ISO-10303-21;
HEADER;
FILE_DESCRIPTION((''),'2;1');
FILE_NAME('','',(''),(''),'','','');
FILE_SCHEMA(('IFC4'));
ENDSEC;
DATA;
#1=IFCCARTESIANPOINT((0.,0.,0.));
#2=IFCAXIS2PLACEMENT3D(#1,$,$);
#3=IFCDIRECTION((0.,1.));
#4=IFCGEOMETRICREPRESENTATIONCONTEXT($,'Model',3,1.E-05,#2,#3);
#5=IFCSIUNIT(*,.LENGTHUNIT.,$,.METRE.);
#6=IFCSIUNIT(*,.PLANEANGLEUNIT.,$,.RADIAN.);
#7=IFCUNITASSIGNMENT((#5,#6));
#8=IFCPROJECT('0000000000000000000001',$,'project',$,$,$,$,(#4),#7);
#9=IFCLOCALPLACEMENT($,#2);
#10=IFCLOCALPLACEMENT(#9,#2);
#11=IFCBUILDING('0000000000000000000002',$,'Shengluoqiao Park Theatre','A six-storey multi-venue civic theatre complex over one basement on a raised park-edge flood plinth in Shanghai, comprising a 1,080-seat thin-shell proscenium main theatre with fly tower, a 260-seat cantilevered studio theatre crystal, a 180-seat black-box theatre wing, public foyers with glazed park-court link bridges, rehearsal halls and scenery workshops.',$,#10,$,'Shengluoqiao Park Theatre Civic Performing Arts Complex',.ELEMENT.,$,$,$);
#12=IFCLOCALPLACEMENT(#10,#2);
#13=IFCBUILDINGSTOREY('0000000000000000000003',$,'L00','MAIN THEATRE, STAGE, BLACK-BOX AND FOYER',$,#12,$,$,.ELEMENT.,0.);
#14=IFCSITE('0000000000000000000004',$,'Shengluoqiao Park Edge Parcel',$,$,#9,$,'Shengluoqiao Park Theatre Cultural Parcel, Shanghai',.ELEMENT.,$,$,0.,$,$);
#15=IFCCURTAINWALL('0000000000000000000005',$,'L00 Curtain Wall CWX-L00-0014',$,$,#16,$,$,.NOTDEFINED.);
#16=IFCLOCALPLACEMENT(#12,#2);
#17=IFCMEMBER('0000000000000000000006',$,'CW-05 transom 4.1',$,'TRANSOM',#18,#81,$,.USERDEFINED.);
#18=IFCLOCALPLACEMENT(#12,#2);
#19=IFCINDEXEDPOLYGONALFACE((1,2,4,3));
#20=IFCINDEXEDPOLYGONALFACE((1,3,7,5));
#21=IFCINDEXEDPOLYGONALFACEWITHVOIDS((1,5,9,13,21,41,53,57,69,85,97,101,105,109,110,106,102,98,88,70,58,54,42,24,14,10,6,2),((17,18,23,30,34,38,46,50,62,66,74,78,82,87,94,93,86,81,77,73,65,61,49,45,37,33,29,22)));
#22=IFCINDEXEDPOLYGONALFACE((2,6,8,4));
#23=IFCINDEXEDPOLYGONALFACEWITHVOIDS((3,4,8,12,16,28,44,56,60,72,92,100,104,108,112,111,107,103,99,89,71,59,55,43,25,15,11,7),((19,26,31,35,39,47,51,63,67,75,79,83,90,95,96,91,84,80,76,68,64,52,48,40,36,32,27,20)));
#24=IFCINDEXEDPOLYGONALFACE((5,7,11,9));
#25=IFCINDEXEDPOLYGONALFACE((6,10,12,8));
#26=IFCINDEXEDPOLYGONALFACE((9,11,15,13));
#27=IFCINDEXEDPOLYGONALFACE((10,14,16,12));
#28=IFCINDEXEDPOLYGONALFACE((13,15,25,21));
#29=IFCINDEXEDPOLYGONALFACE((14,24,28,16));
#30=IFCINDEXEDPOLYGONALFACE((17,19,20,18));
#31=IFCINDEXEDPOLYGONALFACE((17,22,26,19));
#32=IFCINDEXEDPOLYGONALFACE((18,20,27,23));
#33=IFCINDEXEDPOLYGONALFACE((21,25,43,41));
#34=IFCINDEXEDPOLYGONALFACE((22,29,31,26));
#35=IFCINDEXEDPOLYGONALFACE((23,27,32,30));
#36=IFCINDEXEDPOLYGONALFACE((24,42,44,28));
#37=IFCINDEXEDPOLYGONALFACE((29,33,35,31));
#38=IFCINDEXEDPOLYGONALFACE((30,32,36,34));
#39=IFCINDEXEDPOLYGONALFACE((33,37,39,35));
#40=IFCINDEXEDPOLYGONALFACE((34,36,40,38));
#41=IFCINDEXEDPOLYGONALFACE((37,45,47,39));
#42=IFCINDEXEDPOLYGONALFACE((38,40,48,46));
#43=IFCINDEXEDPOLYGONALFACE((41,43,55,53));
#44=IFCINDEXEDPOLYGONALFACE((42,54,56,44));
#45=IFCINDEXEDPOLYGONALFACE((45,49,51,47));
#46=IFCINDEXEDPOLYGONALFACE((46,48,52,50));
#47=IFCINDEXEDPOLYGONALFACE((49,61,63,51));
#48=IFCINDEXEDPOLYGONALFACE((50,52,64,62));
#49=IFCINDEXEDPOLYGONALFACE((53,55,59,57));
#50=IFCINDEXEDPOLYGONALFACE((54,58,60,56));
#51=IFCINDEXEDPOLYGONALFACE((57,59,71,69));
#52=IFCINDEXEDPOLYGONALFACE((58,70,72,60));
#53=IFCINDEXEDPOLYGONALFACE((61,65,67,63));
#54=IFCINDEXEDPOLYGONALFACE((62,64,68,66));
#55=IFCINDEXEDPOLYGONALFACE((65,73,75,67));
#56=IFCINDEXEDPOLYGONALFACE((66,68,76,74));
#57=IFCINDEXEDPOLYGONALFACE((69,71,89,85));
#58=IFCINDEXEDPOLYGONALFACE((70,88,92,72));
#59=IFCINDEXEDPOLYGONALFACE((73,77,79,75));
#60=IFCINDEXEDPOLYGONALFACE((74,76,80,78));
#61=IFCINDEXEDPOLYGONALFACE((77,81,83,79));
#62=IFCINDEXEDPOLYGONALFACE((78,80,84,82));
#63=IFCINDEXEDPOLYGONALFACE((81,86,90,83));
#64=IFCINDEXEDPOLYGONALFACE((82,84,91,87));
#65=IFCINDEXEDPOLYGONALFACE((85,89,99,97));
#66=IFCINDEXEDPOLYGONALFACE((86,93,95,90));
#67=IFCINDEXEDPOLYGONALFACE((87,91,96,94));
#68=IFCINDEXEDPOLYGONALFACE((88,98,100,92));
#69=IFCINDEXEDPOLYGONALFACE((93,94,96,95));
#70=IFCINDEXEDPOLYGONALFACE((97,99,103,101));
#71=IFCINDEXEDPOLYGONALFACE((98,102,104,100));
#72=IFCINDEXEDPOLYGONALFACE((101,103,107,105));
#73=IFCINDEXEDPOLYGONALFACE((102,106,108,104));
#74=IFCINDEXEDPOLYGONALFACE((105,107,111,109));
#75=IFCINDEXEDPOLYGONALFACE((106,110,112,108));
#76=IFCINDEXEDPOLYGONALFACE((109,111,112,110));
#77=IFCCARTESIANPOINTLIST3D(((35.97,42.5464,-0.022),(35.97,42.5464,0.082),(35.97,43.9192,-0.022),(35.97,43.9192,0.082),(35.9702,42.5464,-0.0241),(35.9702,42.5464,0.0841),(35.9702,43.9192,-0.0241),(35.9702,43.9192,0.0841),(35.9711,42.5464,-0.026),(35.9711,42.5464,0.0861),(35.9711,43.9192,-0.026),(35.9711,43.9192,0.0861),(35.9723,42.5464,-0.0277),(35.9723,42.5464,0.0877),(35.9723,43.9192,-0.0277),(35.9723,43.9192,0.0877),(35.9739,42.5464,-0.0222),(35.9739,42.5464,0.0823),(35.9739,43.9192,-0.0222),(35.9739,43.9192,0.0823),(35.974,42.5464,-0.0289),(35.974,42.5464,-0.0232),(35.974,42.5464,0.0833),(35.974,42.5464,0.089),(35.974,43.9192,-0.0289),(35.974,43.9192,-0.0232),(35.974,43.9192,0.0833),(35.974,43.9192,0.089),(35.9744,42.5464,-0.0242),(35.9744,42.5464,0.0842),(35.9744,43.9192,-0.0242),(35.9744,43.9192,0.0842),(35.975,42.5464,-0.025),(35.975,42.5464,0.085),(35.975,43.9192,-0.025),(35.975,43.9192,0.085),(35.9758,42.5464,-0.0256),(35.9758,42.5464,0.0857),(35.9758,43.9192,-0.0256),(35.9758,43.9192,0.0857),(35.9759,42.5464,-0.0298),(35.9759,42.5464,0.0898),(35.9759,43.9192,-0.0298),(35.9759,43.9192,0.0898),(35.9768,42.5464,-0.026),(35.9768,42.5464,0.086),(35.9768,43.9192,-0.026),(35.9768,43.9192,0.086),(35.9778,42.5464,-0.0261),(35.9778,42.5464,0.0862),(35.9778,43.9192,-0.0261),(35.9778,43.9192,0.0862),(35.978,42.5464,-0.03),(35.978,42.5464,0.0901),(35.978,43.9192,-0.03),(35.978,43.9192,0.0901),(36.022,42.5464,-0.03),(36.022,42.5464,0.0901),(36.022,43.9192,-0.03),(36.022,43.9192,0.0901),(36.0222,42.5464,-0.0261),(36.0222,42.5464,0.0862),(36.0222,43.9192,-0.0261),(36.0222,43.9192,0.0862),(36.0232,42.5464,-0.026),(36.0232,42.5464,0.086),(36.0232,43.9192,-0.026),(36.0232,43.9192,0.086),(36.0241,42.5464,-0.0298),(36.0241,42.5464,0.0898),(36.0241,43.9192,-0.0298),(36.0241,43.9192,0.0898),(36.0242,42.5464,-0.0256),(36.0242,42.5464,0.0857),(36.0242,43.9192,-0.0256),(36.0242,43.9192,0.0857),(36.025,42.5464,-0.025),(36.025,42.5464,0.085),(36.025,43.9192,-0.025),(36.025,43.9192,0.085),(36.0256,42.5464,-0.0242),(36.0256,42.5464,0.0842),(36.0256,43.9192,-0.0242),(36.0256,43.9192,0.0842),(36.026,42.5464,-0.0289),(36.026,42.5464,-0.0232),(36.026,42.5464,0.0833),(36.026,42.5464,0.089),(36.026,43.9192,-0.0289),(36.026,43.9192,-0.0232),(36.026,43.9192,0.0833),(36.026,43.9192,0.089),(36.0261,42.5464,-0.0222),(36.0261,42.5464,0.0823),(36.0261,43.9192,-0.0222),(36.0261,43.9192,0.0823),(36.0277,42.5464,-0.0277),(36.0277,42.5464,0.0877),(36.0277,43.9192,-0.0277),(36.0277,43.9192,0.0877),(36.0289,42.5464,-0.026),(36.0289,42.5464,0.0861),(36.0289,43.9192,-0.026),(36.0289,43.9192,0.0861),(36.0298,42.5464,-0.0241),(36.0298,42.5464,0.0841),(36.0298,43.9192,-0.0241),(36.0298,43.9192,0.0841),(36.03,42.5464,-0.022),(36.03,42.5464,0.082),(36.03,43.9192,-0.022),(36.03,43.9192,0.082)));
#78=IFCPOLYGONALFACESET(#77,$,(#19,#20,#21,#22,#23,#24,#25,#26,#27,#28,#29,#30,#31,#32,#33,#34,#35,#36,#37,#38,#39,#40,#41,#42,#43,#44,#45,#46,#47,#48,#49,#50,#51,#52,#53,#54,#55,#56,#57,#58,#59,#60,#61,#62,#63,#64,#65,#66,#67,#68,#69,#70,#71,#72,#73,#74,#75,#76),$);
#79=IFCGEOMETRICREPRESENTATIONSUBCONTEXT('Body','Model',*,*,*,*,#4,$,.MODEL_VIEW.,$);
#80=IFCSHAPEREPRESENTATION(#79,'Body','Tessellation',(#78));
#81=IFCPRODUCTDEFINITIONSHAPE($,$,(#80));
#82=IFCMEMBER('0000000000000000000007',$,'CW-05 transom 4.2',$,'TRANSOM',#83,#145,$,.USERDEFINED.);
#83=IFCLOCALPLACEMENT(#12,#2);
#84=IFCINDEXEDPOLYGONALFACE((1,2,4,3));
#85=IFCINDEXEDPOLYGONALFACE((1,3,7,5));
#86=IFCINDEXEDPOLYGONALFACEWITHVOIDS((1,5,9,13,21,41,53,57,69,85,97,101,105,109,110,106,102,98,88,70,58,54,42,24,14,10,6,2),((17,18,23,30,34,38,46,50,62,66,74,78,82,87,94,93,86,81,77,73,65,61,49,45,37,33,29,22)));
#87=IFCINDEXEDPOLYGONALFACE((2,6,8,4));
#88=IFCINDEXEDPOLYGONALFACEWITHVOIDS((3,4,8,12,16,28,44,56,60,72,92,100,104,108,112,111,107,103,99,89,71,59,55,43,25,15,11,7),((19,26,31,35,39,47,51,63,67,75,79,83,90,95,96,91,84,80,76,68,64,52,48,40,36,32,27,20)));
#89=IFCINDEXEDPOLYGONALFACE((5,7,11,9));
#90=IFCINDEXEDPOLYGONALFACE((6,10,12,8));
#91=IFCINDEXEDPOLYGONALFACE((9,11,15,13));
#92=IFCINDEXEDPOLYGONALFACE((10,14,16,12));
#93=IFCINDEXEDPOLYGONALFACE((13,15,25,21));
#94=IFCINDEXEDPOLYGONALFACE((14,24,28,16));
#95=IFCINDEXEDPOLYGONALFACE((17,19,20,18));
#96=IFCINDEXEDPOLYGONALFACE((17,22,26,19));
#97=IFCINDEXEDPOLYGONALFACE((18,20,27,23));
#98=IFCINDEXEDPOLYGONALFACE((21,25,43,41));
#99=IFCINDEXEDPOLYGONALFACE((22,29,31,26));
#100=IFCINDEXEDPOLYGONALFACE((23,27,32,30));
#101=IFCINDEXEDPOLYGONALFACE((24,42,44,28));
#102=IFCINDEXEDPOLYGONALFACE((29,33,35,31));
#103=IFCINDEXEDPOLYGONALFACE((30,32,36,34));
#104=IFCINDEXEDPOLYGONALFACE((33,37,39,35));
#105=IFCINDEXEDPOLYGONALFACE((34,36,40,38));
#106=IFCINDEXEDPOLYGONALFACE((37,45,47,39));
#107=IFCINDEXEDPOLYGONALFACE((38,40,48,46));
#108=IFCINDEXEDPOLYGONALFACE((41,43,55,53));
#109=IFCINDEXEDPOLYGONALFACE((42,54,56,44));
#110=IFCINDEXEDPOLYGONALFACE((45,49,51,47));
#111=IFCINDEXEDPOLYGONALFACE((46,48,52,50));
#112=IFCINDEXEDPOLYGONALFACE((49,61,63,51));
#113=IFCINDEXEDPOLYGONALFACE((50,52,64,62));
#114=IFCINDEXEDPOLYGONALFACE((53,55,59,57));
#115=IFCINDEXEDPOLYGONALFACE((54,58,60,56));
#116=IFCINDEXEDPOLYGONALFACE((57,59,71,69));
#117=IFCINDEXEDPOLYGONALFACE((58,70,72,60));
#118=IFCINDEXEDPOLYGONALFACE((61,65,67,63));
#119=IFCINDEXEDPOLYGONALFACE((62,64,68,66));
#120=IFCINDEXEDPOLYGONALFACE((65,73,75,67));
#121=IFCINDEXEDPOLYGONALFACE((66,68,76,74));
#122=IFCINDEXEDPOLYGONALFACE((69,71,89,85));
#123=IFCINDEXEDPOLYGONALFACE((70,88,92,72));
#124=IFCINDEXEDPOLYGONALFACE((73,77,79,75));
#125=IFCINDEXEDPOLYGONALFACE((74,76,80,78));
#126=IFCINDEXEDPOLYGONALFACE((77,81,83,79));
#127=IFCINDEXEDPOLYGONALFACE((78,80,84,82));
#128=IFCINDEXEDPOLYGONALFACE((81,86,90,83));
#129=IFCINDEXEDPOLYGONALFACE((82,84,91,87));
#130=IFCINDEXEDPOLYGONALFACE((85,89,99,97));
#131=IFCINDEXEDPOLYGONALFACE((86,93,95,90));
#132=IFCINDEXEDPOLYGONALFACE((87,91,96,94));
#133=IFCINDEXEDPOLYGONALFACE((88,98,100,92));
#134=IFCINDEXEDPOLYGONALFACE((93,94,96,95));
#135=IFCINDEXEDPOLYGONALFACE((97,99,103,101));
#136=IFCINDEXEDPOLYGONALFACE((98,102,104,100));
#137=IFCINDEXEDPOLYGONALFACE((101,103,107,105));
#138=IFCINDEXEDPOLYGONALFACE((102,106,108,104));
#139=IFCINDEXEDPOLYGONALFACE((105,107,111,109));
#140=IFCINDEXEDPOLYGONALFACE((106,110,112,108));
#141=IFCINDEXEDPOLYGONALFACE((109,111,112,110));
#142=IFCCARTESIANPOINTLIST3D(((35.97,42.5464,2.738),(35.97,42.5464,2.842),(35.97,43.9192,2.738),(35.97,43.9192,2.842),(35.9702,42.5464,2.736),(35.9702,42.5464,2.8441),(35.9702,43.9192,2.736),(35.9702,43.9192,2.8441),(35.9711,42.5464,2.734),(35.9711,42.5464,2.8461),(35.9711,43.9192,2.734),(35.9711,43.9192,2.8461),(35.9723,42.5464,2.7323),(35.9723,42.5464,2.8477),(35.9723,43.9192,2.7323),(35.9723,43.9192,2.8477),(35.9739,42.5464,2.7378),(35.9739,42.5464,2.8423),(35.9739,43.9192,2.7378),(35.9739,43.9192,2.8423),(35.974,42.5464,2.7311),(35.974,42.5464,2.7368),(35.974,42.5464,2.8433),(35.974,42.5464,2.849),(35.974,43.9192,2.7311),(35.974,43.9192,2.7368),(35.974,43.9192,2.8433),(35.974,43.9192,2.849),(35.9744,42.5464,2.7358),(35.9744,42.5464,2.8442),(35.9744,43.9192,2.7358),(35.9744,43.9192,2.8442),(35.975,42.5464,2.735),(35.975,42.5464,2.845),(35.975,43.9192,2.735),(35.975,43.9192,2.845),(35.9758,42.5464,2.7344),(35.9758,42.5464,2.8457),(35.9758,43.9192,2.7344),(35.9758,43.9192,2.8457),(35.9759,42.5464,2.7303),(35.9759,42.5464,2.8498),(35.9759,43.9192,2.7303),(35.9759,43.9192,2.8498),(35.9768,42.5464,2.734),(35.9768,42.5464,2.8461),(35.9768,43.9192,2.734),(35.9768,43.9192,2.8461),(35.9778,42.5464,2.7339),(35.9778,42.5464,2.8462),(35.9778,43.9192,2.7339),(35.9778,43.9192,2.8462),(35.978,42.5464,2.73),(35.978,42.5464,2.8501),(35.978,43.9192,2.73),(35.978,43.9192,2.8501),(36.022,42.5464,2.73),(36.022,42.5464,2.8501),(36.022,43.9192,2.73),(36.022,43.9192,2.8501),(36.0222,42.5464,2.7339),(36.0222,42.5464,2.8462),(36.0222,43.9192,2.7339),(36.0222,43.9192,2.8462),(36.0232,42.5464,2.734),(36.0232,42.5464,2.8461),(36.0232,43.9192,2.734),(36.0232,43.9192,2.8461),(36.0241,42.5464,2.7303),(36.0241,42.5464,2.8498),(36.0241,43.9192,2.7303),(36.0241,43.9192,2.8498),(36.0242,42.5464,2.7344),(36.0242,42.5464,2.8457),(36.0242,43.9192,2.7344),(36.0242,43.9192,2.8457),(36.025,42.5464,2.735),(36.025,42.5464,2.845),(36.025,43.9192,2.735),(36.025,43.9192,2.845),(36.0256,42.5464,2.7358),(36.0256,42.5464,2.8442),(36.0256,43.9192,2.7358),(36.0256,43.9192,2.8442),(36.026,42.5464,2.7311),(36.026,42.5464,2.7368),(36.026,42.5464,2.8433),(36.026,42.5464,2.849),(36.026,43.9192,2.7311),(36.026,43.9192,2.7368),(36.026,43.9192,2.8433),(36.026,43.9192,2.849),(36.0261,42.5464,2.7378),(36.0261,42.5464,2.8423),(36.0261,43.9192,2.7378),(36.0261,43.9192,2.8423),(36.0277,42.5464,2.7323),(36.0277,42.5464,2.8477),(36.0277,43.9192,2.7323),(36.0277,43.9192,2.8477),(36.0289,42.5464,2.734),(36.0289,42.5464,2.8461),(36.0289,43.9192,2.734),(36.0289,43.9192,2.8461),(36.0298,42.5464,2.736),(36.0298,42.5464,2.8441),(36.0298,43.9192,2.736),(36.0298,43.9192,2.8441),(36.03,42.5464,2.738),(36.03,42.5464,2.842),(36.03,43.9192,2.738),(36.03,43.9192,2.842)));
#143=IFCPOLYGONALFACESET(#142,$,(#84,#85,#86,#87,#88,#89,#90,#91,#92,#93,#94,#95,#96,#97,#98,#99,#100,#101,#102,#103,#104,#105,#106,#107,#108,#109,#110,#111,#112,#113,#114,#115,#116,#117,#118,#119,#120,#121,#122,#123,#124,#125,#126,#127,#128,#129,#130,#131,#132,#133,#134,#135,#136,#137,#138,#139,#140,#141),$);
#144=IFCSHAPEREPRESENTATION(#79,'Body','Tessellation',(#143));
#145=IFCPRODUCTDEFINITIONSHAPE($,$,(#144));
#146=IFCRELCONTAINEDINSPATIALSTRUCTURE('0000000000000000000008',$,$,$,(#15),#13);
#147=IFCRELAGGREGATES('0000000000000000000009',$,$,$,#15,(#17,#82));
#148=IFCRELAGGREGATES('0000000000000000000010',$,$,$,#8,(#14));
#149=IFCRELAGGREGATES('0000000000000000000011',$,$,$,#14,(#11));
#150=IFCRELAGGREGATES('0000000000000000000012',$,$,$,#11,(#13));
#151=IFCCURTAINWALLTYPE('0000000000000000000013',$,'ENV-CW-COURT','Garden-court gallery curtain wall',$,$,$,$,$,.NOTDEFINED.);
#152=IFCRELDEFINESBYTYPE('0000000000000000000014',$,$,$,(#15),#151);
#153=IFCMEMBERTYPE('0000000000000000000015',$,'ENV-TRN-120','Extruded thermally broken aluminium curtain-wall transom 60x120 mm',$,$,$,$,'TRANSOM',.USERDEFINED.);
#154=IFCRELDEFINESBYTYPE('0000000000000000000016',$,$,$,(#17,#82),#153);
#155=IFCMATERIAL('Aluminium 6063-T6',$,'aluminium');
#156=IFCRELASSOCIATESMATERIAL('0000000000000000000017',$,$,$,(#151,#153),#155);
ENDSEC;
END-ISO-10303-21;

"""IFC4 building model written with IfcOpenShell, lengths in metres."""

from ifc_helpers import new_model, si_unit, direction, frame, origin, origin_2d, place, context, subcontext, project, spatial, hollow_rectangle, extrude, material, material_profile, profile_set, type_object, element, aggregate, save


model = new_model("IFC4")

# Units and contexts
model_context = context("Model", 3, precision=1e-05, world=origin(), true_north=direction((0.0, 1.0)))
body_context = subcontext(model_context, "Body", "Model", "MODEL_VIEW")
ifc_project = project(units=[si_unit("LENGTHUNIT", "METRE"), si_unit("PLANEANGLEUNIT", "RADIAN")], contexts=[model_context])

# Site, building, storey
site_placement = place(None, origin())
site = spatial("IfcSite", under=ifc_project, at=site_placement, Name="Shengluoqiao Park Edge Parcel", LongName="Shengluoqiao Park Theatre Cultural Parcel, Shanghai", CompositionType="ELEMENT", RefElevation=0.0)
building_placement = place(site_placement, origin())
building = spatial("IfcBuilding", under=site, at=building_placement, Name="Shengluoqiao Park Theatre", Description="A six-storey multi-venue civic theatre complex over one basement on a raised park-edge flood plinth in Shanghai, comprising a 1,080-seat thin-shell proscenium main theatre with fly tower, a 260-seat cantilevered studio theatre crystal, a 180-seat black-box theatre wing, public foyers with glazed park-court link bridges, rehearsal halls and scenery workshops.", LongName="Shengluoqiao Park Theatre Civic Performing Arts Complex", CompositionType="ELEMENT")
storey_placement = place(building_placement, origin())
storey = spatial("IfcBuildingStorey", under=building, at=storey_placement, Name="L00", Description="MAIN THEATRE, STAGE, BLACK-BOX AND FOYER", CompositionType="ELEMENT", Elevation=0.0)

# Curtain wall, members
ifc_material_1 = material(Name="Aluminium 6063-T6", Category="aluminium")
curtain_wall_type = type_object("IfcCurtainWallType", Name="ENV-CW-COURT", Description="Garden-court gallery curtain wall", PredefinedType="NOTDEFINED", material=ifc_material_1)
curtain_wall_placement = place(storey_placement, origin())
curtain_wall = element("IfcCurtainWall", 1, at=curtain_wall_placement, inside=storey, type_object=curtain_wall_type, Name="L00 Curtain Wall CWX-L00-0014", PredefinedType="NOTDEFINED")
ifc_material_profile_1 = material_profile(ifc_material_1, hollow_rectangle(XDim=0.0601, YDim=0.1201, WallThickness=0.0039, InnerFilletRadius=0.0039, OuterFilletRadius=0.0081, at=origin_2d()), Name="ALU TRANSOM 120x60x4")
ifc_profile_set_1 = profile_set([ifc_material_profile_1], Name="Aluminium 6063-T6")
member_type_1 = type_object("IfcMemberType", Name="ENV-TRN-120", Description="Extruded thermally broken aluminium curtain-wall transom 60x120 mm", ElementType="TRANSOM", PredefinedType="USERDEFINED", material=ifc_profile_set_1)
member_1_placement = place(storey_placement, frame((36.0, 42.5464, 0.03), z_axis=(0.0, 1.0, 0.0), x_axis=(-1.0, 0.0, 0.0)))
member_1 = element("IfcMember", 2, at=member_1_placement, type_object=member_type_1, Name="CW-05 transom 4.1", ObjectType="TRANSOM", PredefinedType="USERDEFINED", context=body_context, shape_type="SweptSolid", body=[
    extrude(hollow_rectangle(XDim=0.0601, YDim=0.1201, WallThickness=0.0039, InnerFilletRadius=0.0039, OuterFilletRadius=0.0081, at=origin_2d()), origin(), (0.0, 0.0, 1.0), 1.3728),
])
member_2_placement = place(storey_placement, frame((36.0, 42.5464, 2.79), z_axis=(0.0, 1.0, 0.0), x_axis=(-1.0, 0.0, 0.0)))
member_2 = element("IfcMember", 3, at=member_2_placement, type_object=member_type_1, Name="CW-05 transom 4.2", ObjectType="TRANSOM", PredefinedType="USERDEFINED", context=body_context, shape_type="SweptSolid", body=[
    extrude(hollow_rectangle(XDim=0.0601, YDim=0.1201, WallThickness=0.0039, InnerFilletRadius=0.0039, OuterFilletRadius=0.0081, at=origin_2d()), origin(), (0.0, 0.0, 1.0), 1.3728),
])
aggregate(curtain_wall, [member_1, member_2])

save(model, "model.ifc")
